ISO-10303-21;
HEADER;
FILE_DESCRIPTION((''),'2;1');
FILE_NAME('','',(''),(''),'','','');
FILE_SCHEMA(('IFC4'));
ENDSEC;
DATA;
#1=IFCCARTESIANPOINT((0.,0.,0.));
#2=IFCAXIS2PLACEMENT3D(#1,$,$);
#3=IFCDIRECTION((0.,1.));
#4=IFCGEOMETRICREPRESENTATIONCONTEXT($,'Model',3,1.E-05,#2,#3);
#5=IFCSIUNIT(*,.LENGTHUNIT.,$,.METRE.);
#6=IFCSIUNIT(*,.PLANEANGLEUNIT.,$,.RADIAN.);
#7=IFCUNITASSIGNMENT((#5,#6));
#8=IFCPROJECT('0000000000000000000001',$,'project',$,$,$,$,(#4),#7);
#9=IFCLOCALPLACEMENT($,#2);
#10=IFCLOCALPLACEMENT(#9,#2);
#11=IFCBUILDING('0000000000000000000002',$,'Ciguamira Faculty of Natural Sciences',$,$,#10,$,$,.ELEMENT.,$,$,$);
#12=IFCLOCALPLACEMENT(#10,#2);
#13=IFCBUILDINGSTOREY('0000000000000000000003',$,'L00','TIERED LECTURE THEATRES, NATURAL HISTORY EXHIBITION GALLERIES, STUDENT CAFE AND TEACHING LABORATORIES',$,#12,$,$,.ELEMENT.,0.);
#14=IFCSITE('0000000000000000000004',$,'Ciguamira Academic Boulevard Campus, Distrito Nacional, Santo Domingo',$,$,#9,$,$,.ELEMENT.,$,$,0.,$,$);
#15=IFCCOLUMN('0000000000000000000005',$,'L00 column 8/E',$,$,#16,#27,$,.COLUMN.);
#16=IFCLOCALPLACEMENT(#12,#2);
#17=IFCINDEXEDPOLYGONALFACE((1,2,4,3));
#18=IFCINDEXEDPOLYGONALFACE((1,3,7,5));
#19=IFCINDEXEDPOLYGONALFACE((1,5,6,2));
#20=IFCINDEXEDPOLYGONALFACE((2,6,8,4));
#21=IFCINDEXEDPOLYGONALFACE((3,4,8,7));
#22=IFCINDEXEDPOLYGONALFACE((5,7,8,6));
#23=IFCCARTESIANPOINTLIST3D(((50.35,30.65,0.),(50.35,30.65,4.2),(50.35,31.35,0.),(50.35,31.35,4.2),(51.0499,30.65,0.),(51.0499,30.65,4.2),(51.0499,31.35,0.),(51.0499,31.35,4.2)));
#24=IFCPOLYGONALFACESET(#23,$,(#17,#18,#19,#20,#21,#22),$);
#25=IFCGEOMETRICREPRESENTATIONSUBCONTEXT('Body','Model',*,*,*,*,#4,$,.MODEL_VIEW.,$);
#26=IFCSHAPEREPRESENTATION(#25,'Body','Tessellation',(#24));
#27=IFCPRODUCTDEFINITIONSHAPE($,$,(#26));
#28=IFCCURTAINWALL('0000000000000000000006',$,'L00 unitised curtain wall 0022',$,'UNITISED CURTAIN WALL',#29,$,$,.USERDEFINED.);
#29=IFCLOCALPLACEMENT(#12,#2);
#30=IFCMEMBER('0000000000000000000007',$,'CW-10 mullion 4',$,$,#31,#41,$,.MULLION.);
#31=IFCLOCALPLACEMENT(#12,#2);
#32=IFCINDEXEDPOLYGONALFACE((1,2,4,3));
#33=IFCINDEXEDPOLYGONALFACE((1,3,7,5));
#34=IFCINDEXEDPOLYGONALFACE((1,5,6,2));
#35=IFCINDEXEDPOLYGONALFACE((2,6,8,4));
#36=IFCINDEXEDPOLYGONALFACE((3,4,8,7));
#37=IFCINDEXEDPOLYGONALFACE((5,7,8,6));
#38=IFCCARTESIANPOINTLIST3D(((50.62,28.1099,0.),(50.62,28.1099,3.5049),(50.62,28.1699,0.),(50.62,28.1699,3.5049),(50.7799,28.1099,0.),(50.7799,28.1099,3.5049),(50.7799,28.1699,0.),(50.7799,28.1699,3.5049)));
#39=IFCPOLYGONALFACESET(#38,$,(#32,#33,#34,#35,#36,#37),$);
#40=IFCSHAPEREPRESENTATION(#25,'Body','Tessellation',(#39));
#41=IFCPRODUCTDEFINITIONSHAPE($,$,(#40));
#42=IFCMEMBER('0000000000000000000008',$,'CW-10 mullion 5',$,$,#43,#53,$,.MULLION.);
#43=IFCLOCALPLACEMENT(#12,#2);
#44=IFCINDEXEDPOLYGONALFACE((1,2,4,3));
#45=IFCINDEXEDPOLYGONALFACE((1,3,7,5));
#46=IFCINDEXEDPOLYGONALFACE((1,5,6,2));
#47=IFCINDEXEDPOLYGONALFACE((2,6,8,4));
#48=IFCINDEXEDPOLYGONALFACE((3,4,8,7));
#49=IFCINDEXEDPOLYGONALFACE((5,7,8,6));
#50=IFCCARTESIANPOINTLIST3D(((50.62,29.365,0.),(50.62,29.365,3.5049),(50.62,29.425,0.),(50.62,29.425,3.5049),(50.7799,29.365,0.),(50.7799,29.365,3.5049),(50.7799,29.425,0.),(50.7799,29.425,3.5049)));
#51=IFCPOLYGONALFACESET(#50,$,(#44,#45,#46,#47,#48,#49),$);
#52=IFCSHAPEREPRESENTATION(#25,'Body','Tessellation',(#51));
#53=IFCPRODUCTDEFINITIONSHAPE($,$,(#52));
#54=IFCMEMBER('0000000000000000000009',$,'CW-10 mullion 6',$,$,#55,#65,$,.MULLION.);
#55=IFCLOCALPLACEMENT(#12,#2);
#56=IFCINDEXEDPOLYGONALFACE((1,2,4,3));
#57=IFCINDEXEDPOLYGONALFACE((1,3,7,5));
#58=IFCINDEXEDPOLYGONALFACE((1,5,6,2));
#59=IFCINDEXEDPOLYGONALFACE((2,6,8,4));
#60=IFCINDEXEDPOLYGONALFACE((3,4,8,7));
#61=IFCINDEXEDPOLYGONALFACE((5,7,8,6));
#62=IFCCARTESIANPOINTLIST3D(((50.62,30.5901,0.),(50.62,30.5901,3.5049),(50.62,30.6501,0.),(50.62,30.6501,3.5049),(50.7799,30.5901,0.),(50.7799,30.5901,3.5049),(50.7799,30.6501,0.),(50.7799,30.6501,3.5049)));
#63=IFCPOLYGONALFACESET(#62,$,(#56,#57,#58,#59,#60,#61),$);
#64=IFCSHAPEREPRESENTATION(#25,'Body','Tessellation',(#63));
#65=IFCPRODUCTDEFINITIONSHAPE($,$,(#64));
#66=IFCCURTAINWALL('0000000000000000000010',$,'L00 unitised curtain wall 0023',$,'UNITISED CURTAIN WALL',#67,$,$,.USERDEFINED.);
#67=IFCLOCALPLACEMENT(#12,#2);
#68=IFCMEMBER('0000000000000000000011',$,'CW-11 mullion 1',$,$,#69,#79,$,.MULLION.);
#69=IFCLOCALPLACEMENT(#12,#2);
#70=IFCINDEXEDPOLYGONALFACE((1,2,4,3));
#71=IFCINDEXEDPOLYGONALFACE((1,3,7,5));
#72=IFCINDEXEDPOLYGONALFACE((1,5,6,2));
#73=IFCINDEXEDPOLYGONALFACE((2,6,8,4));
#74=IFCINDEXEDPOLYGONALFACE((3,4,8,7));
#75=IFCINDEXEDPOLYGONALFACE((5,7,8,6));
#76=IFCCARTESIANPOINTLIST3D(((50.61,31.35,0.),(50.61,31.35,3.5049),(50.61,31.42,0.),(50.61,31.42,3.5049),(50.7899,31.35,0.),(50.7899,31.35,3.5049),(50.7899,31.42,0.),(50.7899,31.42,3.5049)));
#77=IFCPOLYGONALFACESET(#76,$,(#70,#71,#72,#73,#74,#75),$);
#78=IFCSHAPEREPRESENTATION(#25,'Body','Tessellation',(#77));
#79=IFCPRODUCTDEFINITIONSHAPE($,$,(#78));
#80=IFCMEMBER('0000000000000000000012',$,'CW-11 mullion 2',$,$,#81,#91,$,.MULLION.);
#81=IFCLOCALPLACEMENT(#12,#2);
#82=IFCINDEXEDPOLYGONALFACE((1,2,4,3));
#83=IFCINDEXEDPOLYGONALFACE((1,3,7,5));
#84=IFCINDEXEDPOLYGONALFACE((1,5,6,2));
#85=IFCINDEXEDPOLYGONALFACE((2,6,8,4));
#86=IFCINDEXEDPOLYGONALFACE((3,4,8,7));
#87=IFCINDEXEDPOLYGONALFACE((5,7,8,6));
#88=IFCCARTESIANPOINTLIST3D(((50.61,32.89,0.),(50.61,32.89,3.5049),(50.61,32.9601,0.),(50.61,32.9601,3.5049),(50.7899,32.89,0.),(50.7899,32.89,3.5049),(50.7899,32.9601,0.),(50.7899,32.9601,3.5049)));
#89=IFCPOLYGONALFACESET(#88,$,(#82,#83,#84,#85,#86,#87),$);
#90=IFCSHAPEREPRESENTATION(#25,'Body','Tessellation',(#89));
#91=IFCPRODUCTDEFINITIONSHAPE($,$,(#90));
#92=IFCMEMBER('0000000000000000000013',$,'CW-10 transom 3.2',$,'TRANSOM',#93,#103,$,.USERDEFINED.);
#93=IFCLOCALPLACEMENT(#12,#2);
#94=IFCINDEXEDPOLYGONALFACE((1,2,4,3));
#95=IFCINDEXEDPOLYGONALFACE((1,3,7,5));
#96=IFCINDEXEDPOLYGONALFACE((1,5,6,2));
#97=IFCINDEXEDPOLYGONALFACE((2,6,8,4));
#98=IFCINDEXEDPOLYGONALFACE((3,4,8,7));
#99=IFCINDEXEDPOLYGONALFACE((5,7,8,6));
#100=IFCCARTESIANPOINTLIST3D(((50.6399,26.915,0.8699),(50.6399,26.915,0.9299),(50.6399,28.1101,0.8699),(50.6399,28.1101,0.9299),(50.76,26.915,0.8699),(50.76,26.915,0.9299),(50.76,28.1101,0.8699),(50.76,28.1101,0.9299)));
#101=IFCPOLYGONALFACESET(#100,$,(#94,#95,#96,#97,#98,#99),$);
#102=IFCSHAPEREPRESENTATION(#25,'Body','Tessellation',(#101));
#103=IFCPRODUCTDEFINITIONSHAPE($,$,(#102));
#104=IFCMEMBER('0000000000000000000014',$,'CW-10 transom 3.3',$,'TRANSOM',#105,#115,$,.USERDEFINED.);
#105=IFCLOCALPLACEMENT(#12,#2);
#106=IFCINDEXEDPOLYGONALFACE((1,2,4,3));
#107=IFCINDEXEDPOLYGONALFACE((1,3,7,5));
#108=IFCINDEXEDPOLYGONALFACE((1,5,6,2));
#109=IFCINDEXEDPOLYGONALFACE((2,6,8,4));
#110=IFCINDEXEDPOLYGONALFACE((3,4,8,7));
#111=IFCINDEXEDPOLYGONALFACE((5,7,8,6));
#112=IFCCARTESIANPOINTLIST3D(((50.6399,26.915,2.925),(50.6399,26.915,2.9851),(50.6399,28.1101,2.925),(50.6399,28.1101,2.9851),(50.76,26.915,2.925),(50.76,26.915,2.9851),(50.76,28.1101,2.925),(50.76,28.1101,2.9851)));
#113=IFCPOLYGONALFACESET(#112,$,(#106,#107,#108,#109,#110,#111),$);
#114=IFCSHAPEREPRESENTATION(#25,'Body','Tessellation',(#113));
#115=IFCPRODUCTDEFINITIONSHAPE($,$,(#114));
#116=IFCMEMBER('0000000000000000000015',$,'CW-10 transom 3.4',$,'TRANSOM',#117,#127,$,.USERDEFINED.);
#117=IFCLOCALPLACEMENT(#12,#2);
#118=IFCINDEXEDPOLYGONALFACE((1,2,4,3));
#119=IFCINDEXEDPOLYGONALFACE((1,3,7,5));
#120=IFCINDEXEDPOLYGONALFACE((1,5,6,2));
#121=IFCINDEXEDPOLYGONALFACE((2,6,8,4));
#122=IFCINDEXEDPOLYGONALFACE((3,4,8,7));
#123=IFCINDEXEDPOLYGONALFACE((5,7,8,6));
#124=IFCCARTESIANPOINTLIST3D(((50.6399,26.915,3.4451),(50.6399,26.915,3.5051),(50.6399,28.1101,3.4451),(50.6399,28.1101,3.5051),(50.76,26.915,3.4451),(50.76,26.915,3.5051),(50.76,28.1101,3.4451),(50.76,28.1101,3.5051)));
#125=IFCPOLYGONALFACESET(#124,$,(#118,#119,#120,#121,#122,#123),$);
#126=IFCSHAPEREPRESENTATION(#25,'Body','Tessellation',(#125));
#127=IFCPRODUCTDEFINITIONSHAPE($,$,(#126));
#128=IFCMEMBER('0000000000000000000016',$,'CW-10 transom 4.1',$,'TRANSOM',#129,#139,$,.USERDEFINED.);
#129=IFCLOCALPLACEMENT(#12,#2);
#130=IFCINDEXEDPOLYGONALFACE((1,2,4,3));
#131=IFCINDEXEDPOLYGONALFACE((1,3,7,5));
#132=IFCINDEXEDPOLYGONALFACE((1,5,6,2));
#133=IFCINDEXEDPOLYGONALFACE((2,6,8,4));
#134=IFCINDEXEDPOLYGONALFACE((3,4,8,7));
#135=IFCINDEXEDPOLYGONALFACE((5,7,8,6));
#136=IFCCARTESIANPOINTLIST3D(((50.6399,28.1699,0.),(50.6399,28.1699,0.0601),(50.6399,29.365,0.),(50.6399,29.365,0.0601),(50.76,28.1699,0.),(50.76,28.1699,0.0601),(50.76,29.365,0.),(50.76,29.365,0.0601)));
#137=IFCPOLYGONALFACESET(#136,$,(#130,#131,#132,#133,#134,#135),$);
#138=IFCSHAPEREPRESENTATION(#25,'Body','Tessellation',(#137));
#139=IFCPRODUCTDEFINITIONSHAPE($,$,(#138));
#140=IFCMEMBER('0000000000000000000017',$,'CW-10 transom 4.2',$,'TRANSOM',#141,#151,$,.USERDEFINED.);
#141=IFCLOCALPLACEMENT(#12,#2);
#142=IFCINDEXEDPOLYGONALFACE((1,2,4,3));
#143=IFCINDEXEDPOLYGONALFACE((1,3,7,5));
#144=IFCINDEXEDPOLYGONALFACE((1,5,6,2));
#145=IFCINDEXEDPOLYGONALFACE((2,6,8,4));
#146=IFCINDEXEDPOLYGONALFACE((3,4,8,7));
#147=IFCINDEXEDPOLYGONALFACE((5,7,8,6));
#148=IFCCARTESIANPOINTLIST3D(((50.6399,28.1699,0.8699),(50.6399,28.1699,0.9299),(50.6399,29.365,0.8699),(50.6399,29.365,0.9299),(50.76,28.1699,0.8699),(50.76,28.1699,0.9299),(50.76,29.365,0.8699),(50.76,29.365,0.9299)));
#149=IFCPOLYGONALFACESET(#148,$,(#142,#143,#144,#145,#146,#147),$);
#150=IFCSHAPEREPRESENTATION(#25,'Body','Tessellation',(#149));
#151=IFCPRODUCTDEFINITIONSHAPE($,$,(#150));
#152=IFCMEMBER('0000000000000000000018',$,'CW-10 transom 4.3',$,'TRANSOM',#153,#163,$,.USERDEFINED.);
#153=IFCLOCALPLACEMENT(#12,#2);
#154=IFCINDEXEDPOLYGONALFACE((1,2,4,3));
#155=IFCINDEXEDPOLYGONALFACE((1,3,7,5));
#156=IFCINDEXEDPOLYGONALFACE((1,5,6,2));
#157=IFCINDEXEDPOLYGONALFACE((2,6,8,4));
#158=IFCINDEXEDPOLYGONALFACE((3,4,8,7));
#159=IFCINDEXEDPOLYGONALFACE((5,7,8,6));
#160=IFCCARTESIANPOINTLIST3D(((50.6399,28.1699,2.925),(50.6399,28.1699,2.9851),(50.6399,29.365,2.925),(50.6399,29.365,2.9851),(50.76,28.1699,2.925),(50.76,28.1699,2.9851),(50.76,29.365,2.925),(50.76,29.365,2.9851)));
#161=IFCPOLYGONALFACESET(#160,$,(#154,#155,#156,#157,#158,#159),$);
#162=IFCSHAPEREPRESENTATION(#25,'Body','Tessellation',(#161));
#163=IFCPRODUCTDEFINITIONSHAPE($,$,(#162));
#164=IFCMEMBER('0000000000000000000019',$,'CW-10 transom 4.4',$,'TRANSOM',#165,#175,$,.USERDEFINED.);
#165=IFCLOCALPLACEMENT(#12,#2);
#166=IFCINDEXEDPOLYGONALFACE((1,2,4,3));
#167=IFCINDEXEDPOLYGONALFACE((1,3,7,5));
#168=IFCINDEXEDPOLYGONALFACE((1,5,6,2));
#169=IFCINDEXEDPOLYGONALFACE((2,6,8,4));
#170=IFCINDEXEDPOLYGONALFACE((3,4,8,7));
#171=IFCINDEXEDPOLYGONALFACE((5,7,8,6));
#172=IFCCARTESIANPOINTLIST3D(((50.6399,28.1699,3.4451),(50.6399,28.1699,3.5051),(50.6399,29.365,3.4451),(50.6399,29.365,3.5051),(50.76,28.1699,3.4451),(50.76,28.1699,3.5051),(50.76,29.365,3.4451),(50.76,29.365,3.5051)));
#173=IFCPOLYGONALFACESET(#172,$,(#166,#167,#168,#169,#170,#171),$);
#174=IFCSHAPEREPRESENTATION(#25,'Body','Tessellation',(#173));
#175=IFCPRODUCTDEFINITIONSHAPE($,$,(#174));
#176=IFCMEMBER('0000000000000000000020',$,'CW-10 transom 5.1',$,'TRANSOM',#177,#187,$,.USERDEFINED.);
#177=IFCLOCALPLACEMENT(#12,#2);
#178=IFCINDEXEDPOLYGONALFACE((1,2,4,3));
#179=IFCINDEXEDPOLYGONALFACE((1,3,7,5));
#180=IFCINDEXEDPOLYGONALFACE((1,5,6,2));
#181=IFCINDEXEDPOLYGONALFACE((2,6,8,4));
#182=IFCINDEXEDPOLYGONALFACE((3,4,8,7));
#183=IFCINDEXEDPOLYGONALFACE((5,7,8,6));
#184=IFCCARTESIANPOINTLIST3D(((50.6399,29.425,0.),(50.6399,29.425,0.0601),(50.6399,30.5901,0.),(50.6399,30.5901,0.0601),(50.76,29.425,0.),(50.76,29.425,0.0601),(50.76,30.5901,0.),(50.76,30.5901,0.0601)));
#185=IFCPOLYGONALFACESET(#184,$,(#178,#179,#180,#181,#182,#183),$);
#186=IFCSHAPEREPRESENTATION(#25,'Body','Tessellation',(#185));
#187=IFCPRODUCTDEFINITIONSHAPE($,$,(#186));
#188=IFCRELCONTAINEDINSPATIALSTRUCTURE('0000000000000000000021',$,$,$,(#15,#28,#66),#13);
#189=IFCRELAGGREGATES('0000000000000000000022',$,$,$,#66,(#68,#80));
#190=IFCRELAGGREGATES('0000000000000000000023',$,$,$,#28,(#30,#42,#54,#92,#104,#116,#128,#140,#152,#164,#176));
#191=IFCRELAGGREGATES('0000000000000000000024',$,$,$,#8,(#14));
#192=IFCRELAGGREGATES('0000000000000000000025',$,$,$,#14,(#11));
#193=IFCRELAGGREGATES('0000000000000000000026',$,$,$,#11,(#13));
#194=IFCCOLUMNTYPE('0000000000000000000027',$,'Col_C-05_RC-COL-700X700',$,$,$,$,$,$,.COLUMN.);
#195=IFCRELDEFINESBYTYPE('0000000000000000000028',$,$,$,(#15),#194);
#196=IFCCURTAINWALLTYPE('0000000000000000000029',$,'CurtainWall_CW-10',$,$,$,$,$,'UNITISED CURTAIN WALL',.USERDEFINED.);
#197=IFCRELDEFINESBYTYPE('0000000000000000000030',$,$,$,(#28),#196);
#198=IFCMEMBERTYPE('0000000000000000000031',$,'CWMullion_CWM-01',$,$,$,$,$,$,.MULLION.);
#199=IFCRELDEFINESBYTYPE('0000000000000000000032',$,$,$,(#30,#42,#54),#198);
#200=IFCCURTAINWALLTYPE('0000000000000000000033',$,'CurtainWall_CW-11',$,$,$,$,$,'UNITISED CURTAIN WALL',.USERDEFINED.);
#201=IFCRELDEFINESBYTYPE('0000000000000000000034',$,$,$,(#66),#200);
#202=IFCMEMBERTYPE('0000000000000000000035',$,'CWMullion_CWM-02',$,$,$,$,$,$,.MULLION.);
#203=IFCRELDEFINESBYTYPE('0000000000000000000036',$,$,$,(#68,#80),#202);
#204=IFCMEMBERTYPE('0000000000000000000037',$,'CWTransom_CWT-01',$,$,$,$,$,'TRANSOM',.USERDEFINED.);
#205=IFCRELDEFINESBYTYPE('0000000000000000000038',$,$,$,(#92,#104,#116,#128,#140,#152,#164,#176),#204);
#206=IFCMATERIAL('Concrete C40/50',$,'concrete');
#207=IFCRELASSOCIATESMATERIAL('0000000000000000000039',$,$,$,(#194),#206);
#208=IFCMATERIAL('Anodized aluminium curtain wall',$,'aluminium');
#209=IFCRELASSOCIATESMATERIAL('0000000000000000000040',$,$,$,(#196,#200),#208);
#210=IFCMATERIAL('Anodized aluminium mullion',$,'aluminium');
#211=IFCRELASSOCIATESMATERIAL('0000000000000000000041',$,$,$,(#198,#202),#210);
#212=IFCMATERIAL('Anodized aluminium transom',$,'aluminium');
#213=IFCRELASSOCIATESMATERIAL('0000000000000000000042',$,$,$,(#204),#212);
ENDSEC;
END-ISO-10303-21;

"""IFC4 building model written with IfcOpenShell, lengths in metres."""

from ifc_helpers import new_model, si_unit, direction, frame, origin, origin_2d, place, context, subcontext, project, spatial, rectangle, extrude, material, material_profile, profile_set, type_object, element, aggregate, save


model = new_model("IFC4")

# Units and contexts
model_context = context("Model", 3, precision=1e-05, world=origin(), true_north=direction((0.0, 1.0)))
body_context = subcontext(model_context, "Body", "Model", "MODEL_VIEW")
ifc_project = project(units=[si_unit("LENGTHUNIT", "METRE"), si_unit("PLANEANGLEUNIT", "RADIAN")], contexts=[model_context])

# Site, building, storey
site_placement = place(None, origin())
site = spatial("IfcSite", under=ifc_project, at=site_placement, Name="Ciguamira Academic Boulevard Campus, Distrito Nacional, Santo Domingo", CompositionType="ELEMENT", RefElevation=0.0)
building_placement = place(site_placement, origin())
building = spatial("IfcBuilding", under=site, at=building_placement, Name="Ciguamira Faculty of Natural Sciences", CompositionType="ELEMENT")
storey_placement = place(building_placement, origin())
storey = spatial("IfcBuildingStorey", under=building, at=storey_placement, Name="L00", Description="TIERED LECTURE THEATRES, NATURAL HISTORY EXHIBITION GALLERIES, STUDENT CAFE AND TEACHING LABORATORIES", CompositionType="ELEMENT", Elevation=0.0)

# Column
ifc_material_1 = material(Name="Concrete C40/50", Category="concrete")
ifc_material_profile_1 = material_profile(ifc_material_1, rectangle(XDim=0.7, YDim=0.7, at=origin_2d()), Name="RC-COL-700X700")
ifc_profile_set_1 = profile_set([ifc_material_profile_1], Name="Concrete C40/50")
column_type = type_object("IfcColumnType", Name="Col_C-05_RC-COL-700X700", PredefinedType="COLUMN", material=ifc_profile_set_1)
column_placement = place(storey_placement, frame((50.7, 31.0, 0.0), z_axis=(0.0, 0.0, 1.0), x_axis=(1.0, 0.0, 0.0)))
element("IfcColumn", 1, at=column_placement, inside=storey, type_object=column_type, Name="L00 column 8/E", PredefinedType="COLUMN", context=body_context, shape_type="SweptSolid", body=[
    extrude(rectangle(XDim=0.7, YDim=0.7, at=origin_2d()), origin(), (0.0, 0.0, 1.0), 4.2),
])

# Curtain walls, members
ifc_material_2 = material(Name="Anodized aluminium curtain wall", Category="aluminium")
curtain_wall_type_1 = type_object("IfcCurtainWallType", Name="CurtainWall_CW-10", ElementType="UNITISED CURTAIN WALL", PredefinedType="USERDEFINED", material=ifc_material_2)
curtain_wall_1_placement = place(storey_placement, origin())
curtain_wall_1 = element("IfcCurtainWall", 2, at=curtain_wall_1_placement, inside=storey, type_object=curtain_wall_type_1, Name="L00 unitised curtain wall 0022", ObjectType="UNITISED CURTAIN WALL", PredefinedType="USERDEFINED")
ifc_material_3 = material(Name="Anodized aluminium mullion", Category="aluminium")
ifc_material_profile_2 = material_profile(ifc_material_3, rectangle(XDim=0.0601, YDim=0.1599, at=origin_2d()), Name="ALU-MUL-60X160")
ifc_profile_set_2 = profile_set([ifc_material_profile_2], Name="Anodized aluminium mullion")
member_type_1 = type_object("IfcMemberType", Name="CWMullion_CWM-01", PredefinedType="MULLION", material=ifc_profile_set_2)
member_1_placement = place(storey_placement, frame((50.7, 28.1399, 0.0), z_axis=(0.0, 0.0, 1.0), x_axis=(0.0, 1.0, 0.0)))
member_1 = element("IfcMember", 3, at=member_1_placement, type_object=member_type_1, Name="CW-10 mullion 4", PredefinedType="MULLION", context=body_context, shape_type="SweptSolid", body=[
    extrude(rectangle(XDim=0.0601, YDim=0.1599, at=origin_2d()), origin(), (0.0, 0.0, 1.0), 3.5049),
])
member_2_placement = place(storey_placement, frame((50.7, 29.395, 0.0), z_axis=(0.0, 0.0, 1.0), x_axis=(0.0, 1.0, 0.0)))
member_2 = element("IfcMember", 4, at=member_2_placement, type_object=member_type_1, Name="CW-10 mullion 5", PredefinedType="MULLION", context=body_context, shape_type="SweptSolid", body=[
    extrude(rectangle(XDim=0.0601, YDim=0.1599, at=origin_2d()), origin(), (0.0, 0.0, 1.0), 3.5049),
])
member_3_placement = place(storey_placement, frame((50.7, 30.6201, 0.0), z_axis=(0.0, 0.0, 1.0), x_axis=(0.0, 1.0, 0.0)))
member_3 = element("IfcMember", 5, at=member_3_placement, type_object=member_type_1, Name="CW-10 mullion 6", PredefinedType="MULLION", context=body_context, shape_type="SweptSolid", body=[
    extrude(rectangle(XDim=0.0601, YDim=0.1599, at=origin_2d()), origin(), (0.0, 0.0, 1.0), 3.5049),
])
curtain_wall_type_2 = type_object("IfcCurtainWallType", Name="CurtainWall_CW-11", ElementType="UNITISED CURTAIN WALL", PredefinedType="USERDEFINED", material=ifc_material_2)
curtain_wall_2_placement = place(storey_placement, origin())
curtain_wall_2 = element("IfcCurtainWall", 6, at=curtain_wall_2_placement, inside=storey, type_object=curtain_wall_type_2, Name="L00 unitised curtain wall 0023", ObjectType="UNITISED CURTAIN WALL", PredefinedType="USERDEFINED")
ifc_material_profile_3 = material_profile(ifc_material_3, rectangle(XDim=0.0701, YDim=0.1799, at=origin_2d()), Name="ALU-MUL-70X180")
ifc_profile_set_3 = profile_set([ifc_material_profile_3], Name="Anodized aluminium mullion")
member_type_2 = type_object("IfcMemberType", Name="CWMullion_CWM-02", PredefinedType="MULLION", material=ifc_profile_set_3)
member_4_placement = place(storey_placement, frame((50.7, 31.385, 0.0), z_axis=(0.0, 0.0, 1.0), x_axis=(0.0, 1.0, 0.0)))
member_4 = element("IfcMember", 7, at=member_4_placement, type_object=member_type_2, Name="CW-11 mullion 1", PredefinedType="MULLION", context=body_context, shape_type="SweptSolid", body=[
    extrude(rectangle(XDim=0.0701, YDim=0.1799, at=origin_2d()), origin(), (0.0, 0.0, 1.0), 3.5049),
])
member_5_placement = place(storey_placement, frame((50.7, 32.925, 0.0), z_axis=(0.0, 0.0, 1.0), x_axis=(0.0, 1.0, 0.0)))
member_5 = element("IfcMember", 8, at=member_5_placement, type_object=member_type_2, Name="CW-11 mullion 2", PredefinedType="MULLION", context=body_context, shape_type="SweptSolid", body=[
    extrude(rectangle(XDim=0.0701, YDim=0.1799, at=origin_2d()), origin(), (0.0, 0.0, 1.0), 3.5049),
])

# Members
ifc_material_4 = material(Name="Anodized aluminium transom", Category="aluminium")
ifc_material_profile_4 = material_profile(ifc_material_4, rectangle(XDim=0.0601, YDim=0.1201, at=origin_2d()), Name="ALU-TRN-60X120")
ifc_profile_set_4 = profile_set([ifc_material_profile_4], Name="Anodized aluminium transom")
member_type_3 = type_object("IfcMemberType", Name="CWTransom_CWT-01", ElementType="TRANSOM", PredefinedType="USERDEFINED", material=ifc_profile_set_4)
member_6_placement = place(storey_placement, frame((50.7, 26.915, 0.8999), z_axis=(0.0, 1.0, 0.0), x_axis=(0.0, 0.0, 1.0)))
member_6 = element("IfcMember", 9, at=member_6_placement, type_object=member_type_3, Name="CW-10 transom 3.2", ObjectType="TRANSOM", PredefinedType="USERDEFINED", context=body_context, shape_type="SweptSolid", body=[
    extrude(rectangle(XDim=0.0601, YDim=0.1201, at=origin_2d()), origin(), (0.0, 0.0, 1.0), 1.1951),
])
member_7_placement = place(storey_placement, frame((50.7, 26.915, 2.9551), z_axis=(0.0, 1.0, 0.0), x_axis=(0.0, 0.0, 1.0)))
member_7 = element("IfcMember", 10, at=member_7_placement, type_object=member_type_3, Name="CW-10 transom 3.3", ObjectType="TRANSOM", PredefinedType="USERDEFINED", context=body_context, shape_type="SweptSolid", body=[
    extrude(rectangle(XDim=0.0601, YDim=0.1201, at=origin_2d()), origin(), (0.0, 0.0, 1.0), 1.1951),
])
member_8_placement = place(storey_placement, frame((50.7, 26.915, 3.4751), z_axis=(0.0, 1.0, 0.0), x_axis=(0.0, 0.0, 1.0)))
member_8 = element("IfcMember", 11, at=member_8_placement, type_object=member_type_3, Name="CW-10 transom 3.4", ObjectType="TRANSOM", PredefinedType="USERDEFINED", context=body_context, shape_type="SweptSolid", body=[
    extrude(rectangle(XDim=0.0601, YDim=0.1201, at=origin_2d()), origin(), (0.0, 0.0, 1.0), 1.1951),
])
member_9_placement = place(storey_placement, frame((50.7, 28.1699, 0.03), z_axis=(0.0, 1.0, 0.0), x_axis=(0.0, 0.0, 1.0)))
member_9 = element("IfcMember", 12, at=member_9_placement, type_object=member_type_3, Name="CW-10 transom 4.1", ObjectType="TRANSOM", PredefinedType="USERDEFINED", context=body_context, shape_type="SweptSolid", body=[
    extrude(rectangle(XDim=0.0601, YDim=0.1201, at=origin_2d()), origin(), (0.0, 0.0, 1.0), 1.1951),
])
member_10_placement = place(storey_placement, frame((50.7, 28.1699, 0.8999), z_axis=(0.0, 1.0, 0.0), x_axis=(0.0, 0.0, 1.0)))
member_10 = element("IfcMember", 13, at=member_10_placement, type_object=member_type_3, Name="CW-10 transom 4.2", ObjectType="TRANSOM", PredefinedType="USERDEFINED", context=body_context, shape_type="SweptSolid", body=[
    extrude(rectangle(XDim=0.0601, YDim=0.1201, at=origin_2d()), origin(), (0.0, 0.0, 1.0), 1.1951),
])
member_11_placement = place(storey_placement, frame((50.7, 28.1699, 2.9551), z_axis=(0.0, 1.0, 0.0), x_axis=(0.0, 0.0, 1.0)))
member_11 = element("IfcMember", 14, at=member_11_placement, type_object=member_type_3, Name="CW-10 transom 4.3", ObjectType="TRANSOM", PredefinedType="USERDEFINED", context=body_context, shape_type="SweptSolid", body=[
    extrude(rectangle(XDim=0.0601, YDim=0.1201, at=origin_2d()), origin(), (0.0, 0.0, 1.0), 1.1951),
])
member_12_placement = place(storey_placement, frame((50.7, 28.1699, 3.4751), z_axis=(0.0, 1.0, 0.0), x_axis=(0.0, 0.0, 1.0)))
member_12 = element("IfcMember", 15, at=member_12_placement, type_object=member_type_3, Name="CW-10 transom 4.4", ObjectType="TRANSOM", PredefinedType="USERDEFINED", context=body_context, shape_type="SweptSolid", body=[
    extrude(rectangle(XDim=0.0601, YDim=0.1201, at=origin_2d()), origin(), (0.0, 0.0, 1.0), 1.1951),
])
member_13_placement = place(storey_placement, frame((50.7, 29.425, 0.03), z_axis=(0.0, 1.0, 0.0), x_axis=(0.0, 0.0, 1.0)))
member_13 = element("IfcMember", 16, at=member_13_placement, type_object=member_type_3, Name="CW-10 transom 5.1", ObjectType="TRANSOM", PredefinedType="USERDEFINED", context=body_context, shape_type="SweptSolid", body=[
    extrude(rectangle(XDim=0.0601, YDim=0.1201, at=origin_2d()), origin(), (0.0, 0.0, 1.0), 1.165),
])

aggregate(curtain_wall_2, [member_4, member_5])
aggregate(curtain_wall_1, [member_1, member_2, member_3, member_6, member_7, member_8, member_9, member_10, member_11, member_12, member_13])

save(model, "model.ifc")
